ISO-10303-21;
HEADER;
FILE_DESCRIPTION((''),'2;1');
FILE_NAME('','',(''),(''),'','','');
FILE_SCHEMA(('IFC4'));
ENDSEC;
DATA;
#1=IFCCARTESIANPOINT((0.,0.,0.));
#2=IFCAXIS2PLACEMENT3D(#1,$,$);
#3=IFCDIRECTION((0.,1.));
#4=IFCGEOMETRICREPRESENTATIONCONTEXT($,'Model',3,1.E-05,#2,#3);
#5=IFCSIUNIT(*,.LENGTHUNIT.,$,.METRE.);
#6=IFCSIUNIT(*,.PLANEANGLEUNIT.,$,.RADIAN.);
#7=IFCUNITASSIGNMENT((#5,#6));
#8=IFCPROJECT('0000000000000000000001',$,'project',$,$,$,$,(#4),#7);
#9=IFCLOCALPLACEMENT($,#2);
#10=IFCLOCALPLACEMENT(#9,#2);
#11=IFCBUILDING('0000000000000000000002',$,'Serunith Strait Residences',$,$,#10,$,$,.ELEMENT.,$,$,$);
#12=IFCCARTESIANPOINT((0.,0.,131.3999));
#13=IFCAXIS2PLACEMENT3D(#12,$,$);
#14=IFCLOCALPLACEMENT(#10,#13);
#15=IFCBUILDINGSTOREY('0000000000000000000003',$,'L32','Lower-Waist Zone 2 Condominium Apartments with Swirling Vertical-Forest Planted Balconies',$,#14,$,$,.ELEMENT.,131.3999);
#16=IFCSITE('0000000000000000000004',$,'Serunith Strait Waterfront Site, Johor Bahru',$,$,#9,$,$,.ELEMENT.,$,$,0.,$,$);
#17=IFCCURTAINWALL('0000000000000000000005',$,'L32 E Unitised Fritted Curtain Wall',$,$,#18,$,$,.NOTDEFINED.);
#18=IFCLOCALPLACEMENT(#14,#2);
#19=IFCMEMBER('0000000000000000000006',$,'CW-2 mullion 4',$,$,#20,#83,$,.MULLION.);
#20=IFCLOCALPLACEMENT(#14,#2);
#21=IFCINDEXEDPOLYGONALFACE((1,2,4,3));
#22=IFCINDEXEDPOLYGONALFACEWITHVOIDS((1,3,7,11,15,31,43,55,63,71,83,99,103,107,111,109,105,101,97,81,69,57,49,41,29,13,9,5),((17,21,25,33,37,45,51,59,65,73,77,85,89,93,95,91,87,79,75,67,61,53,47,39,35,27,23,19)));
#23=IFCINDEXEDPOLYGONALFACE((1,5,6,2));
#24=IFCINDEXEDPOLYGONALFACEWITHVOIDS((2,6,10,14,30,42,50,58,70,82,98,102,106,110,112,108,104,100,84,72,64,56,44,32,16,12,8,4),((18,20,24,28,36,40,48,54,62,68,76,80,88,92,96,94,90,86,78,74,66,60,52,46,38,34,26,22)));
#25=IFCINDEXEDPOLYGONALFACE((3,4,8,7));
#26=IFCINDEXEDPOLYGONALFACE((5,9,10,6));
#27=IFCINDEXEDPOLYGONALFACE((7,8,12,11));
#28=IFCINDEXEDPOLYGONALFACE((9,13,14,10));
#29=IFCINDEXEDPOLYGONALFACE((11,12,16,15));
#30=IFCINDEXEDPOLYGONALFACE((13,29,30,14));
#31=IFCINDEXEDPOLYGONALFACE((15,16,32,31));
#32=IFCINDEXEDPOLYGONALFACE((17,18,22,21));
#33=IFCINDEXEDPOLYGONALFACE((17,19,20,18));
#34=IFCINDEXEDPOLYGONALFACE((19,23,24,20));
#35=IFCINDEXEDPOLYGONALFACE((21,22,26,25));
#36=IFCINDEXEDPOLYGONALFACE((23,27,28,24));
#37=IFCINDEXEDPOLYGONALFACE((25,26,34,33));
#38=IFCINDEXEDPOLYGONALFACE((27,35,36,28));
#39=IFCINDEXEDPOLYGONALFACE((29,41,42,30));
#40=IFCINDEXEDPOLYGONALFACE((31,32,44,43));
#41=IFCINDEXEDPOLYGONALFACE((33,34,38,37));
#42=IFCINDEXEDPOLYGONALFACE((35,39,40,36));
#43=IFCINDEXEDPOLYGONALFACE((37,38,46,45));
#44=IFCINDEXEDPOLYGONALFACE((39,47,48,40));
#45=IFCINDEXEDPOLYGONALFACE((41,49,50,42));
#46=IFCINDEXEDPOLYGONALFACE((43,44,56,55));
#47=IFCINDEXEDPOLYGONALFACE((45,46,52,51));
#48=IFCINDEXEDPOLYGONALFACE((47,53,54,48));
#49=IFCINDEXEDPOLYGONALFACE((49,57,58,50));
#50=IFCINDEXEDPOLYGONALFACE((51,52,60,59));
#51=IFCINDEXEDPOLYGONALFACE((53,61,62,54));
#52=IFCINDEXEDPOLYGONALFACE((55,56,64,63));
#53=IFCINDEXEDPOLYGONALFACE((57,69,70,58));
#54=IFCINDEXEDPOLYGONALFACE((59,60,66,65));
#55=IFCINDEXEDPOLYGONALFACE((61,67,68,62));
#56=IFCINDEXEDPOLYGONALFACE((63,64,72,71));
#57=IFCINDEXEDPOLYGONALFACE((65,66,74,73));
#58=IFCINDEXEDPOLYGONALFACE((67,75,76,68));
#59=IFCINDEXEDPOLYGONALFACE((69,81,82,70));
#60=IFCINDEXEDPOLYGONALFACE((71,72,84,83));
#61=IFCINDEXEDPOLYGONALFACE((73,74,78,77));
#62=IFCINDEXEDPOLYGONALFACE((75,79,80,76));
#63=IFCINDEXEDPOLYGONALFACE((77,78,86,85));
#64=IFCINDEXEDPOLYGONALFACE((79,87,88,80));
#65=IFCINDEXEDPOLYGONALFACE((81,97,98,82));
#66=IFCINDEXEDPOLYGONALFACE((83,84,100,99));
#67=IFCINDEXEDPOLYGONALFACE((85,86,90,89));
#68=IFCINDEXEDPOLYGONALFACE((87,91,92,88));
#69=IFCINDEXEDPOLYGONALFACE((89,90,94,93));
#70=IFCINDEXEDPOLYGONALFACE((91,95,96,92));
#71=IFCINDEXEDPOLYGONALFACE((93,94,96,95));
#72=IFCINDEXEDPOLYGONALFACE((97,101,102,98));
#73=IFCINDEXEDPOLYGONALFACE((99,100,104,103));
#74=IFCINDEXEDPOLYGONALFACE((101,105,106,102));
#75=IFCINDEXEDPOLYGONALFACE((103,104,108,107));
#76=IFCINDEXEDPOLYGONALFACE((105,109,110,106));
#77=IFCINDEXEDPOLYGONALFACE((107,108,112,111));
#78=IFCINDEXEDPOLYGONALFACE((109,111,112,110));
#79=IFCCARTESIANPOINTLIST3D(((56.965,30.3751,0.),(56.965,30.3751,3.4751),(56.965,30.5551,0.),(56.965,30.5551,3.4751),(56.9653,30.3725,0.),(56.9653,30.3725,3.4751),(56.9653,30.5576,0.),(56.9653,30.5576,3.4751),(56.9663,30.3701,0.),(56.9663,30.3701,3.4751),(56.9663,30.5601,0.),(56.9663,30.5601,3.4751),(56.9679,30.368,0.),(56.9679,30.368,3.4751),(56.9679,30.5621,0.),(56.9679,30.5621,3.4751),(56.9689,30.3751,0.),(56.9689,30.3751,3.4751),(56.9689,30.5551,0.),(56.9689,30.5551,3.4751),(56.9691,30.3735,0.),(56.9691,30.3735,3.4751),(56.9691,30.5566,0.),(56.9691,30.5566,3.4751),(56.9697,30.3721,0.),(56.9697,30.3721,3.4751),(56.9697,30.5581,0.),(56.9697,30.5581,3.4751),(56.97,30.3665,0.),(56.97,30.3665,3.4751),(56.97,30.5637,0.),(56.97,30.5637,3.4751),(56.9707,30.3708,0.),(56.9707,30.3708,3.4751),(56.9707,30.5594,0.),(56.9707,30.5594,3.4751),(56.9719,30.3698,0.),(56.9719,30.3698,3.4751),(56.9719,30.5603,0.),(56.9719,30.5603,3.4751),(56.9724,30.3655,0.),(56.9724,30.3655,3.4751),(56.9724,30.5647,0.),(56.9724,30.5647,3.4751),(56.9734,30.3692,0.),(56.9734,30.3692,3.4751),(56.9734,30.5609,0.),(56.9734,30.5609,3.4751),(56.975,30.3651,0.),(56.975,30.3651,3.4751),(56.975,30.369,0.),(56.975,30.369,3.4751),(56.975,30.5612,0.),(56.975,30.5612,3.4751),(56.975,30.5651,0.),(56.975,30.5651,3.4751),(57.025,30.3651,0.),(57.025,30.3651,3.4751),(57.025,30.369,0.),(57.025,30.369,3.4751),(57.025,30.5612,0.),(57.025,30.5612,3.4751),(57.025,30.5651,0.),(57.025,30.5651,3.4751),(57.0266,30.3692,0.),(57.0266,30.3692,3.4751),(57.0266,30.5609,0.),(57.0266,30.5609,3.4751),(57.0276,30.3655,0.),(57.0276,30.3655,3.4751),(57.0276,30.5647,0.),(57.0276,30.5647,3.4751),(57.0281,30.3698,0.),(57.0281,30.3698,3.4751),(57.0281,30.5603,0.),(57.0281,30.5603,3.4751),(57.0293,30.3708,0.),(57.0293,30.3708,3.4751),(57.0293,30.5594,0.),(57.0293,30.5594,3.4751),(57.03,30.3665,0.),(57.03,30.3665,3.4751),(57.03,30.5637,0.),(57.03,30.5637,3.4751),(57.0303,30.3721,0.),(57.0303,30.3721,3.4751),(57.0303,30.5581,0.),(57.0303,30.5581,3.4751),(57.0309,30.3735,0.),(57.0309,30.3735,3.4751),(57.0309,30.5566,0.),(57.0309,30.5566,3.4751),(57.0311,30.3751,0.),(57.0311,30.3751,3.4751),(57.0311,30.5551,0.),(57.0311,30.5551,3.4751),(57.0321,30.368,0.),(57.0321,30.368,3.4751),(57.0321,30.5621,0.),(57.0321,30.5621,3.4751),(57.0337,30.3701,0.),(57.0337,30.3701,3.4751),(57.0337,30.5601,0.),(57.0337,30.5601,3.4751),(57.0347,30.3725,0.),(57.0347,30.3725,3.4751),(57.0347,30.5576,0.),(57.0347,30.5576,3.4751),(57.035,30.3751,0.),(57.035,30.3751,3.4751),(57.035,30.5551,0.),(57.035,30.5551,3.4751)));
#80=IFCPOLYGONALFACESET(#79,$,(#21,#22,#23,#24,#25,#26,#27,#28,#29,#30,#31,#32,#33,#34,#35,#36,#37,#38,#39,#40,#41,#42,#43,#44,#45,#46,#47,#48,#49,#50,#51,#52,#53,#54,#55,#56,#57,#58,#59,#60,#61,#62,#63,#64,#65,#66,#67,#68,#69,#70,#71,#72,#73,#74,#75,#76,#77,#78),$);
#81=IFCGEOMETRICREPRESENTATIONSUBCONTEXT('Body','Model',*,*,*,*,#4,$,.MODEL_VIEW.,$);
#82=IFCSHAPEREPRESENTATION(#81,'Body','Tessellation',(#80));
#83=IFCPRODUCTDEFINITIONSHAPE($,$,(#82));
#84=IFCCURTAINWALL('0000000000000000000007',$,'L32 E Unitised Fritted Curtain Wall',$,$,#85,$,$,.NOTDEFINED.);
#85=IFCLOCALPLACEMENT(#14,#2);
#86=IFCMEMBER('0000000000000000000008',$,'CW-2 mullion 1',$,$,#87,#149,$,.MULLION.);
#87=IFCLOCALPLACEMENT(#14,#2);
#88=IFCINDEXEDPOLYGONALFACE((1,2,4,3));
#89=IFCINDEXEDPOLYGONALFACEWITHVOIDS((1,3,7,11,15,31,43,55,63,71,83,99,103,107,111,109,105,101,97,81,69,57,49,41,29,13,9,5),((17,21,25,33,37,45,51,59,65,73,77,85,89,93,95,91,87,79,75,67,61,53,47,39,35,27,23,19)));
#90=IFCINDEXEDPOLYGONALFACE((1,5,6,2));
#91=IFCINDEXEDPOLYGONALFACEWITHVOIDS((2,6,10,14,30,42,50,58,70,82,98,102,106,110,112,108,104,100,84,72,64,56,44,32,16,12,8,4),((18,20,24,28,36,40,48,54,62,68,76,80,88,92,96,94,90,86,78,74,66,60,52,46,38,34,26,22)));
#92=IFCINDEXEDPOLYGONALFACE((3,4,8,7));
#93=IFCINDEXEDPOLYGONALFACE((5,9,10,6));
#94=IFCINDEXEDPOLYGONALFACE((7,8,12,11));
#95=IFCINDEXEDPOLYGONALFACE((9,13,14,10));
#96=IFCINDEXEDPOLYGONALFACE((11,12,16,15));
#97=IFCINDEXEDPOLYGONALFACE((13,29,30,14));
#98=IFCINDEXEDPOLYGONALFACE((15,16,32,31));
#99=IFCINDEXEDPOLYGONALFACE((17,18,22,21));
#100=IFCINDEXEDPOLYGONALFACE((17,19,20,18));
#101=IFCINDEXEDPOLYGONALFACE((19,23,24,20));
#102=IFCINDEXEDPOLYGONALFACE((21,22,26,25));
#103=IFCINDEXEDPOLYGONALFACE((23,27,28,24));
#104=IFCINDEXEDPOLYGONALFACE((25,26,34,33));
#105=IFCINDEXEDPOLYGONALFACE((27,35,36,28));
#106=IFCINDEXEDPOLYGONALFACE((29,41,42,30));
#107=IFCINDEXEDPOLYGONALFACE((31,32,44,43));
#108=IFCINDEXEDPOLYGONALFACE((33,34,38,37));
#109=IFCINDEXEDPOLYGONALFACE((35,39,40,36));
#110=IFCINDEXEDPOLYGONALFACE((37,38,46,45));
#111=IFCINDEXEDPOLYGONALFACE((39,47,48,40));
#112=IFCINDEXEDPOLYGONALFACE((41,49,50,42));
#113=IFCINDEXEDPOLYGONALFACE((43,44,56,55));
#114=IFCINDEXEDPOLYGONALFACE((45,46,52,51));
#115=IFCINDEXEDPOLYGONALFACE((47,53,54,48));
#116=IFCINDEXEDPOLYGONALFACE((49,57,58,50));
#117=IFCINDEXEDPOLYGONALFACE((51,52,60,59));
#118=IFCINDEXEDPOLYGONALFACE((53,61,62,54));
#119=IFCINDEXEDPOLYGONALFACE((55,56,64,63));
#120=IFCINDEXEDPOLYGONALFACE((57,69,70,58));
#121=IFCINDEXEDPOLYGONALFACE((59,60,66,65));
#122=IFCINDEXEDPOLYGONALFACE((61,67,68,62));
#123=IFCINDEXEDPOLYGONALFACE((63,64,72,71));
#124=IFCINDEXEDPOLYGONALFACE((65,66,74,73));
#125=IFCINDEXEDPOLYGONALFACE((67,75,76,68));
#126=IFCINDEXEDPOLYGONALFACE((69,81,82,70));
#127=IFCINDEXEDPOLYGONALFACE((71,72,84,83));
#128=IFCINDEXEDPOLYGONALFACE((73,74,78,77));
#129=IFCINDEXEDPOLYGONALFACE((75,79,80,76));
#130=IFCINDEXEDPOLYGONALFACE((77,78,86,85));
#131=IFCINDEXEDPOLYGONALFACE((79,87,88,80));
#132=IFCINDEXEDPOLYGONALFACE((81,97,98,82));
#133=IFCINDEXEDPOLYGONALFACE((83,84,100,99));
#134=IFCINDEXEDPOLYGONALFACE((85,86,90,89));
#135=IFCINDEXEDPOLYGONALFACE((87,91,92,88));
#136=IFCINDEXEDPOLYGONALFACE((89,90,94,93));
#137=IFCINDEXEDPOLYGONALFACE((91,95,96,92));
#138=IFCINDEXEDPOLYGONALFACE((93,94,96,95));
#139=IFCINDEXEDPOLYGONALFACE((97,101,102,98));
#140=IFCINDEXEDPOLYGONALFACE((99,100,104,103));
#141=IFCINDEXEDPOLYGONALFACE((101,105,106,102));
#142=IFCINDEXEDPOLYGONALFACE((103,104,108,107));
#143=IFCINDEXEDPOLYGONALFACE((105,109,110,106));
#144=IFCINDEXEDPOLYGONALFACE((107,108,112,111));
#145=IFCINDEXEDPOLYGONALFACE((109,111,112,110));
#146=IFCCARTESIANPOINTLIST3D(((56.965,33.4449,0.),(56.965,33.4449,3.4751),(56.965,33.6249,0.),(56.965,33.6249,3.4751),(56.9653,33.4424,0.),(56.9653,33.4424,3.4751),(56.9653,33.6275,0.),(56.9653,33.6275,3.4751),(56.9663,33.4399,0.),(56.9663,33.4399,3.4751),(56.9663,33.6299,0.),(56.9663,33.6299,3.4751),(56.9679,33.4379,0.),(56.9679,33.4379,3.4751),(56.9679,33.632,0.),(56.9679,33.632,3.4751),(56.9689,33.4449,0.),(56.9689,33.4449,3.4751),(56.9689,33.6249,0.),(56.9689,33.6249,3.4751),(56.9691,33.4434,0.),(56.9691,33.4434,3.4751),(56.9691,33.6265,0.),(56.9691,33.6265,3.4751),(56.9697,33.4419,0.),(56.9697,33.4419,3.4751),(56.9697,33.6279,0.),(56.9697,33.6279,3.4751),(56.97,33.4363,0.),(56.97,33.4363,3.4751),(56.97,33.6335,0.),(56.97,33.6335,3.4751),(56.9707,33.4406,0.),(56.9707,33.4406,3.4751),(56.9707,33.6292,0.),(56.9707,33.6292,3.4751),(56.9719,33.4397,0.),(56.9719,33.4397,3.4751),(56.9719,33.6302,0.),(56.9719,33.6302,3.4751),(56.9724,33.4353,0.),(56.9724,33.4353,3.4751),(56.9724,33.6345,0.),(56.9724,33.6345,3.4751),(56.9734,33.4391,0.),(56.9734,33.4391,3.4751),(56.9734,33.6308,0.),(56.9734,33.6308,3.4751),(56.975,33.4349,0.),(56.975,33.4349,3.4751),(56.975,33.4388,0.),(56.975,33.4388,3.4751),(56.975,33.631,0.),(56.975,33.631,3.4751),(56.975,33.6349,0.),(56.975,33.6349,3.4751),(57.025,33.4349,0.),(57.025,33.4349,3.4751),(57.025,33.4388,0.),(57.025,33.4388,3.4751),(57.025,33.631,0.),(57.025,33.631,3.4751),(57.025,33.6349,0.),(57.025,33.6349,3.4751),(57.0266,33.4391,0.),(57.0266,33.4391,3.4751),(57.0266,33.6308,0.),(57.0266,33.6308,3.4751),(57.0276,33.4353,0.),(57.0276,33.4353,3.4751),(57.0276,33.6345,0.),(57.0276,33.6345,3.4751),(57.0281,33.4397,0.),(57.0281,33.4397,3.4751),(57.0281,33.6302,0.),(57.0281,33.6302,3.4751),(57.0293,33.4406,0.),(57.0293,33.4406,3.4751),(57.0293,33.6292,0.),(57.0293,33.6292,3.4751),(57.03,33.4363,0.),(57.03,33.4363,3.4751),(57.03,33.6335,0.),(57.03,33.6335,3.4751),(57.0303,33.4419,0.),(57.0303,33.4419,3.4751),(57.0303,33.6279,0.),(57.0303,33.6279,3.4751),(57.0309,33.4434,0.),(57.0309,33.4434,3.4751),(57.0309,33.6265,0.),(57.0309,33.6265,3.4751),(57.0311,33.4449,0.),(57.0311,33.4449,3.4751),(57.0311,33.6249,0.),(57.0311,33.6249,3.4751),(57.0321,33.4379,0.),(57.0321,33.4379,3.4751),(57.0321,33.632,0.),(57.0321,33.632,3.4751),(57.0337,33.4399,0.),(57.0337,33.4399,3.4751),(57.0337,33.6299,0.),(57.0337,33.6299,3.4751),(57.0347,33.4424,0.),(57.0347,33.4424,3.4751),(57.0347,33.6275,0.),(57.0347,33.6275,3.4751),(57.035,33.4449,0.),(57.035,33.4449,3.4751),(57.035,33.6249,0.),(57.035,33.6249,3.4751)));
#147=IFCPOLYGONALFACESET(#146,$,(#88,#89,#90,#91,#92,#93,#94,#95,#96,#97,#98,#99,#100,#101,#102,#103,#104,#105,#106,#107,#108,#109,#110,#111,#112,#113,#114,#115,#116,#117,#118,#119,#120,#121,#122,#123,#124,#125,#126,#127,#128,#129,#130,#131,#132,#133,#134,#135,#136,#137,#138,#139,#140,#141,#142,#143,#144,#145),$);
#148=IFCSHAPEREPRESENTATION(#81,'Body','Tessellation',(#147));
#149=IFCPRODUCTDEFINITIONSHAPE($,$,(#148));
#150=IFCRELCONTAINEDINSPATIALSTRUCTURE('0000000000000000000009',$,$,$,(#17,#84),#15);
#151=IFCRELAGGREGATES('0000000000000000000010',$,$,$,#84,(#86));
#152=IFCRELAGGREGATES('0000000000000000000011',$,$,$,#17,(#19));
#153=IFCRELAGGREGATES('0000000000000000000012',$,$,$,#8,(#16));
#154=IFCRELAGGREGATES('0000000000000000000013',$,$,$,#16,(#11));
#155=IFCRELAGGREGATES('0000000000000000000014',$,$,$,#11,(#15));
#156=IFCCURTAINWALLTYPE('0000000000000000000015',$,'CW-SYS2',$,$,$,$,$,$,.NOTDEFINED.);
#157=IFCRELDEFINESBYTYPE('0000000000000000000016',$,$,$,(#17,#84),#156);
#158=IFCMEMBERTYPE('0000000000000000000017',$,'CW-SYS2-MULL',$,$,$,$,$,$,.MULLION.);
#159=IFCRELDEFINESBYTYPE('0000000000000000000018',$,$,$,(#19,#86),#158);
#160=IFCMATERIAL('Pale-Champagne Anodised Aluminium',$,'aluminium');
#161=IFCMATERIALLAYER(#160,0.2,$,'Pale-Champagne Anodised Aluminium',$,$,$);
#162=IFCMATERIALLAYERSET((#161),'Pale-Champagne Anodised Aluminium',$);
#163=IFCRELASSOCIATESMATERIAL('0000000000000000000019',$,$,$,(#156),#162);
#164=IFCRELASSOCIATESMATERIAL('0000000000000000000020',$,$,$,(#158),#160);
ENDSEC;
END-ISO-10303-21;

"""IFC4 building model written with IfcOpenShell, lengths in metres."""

from ifc_helpers import new_model, si_unit, direction, frame, origin, origin_2d, place, context, subcontext, project, spatial, hollow_rectangle, extrude, source, transform, mapped, material, layer, layer_set, material_profile, profile_set, type_object, element, aggregate, save


model = new_model("IFC4")

# Units and contexts
model_context = context("Model", 3, precision=1e-05, world=origin(), true_north=direction((0.0, 1.0)))
body_context = subcontext(model_context, "Body", "Model", "MODEL_VIEW")
ifc_project = project(units=[si_unit("LENGTHUNIT", "METRE"), si_unit("PLANEANGLEUNIT", "RADIAN")], contexts=[model_context])

# Site, building, storey
site_placement = place(None, origin())
site = spatial("IfcSite", under=ifc_project, at=site_placement, Name="Serunith Strait Waterfront Site, Johor Bahru", CompositionType="ELEMENT", RefElevation=0.0)
building_placement = place(site_placement, origin())
building = spatial("IfcBuilding", under=site, at=building_placement, Name="Serunith Strait Residences", CompositionType="ELEMENT")
storey_placement = place(building_placement, frame((0.0, 0.0, 131.3999)))
storey = spatial("IfcBuildingStorey", under=building, at=storey_placement, Name="L32", Description="Lower-Waist Zone 2 Condominium Apartments with Swirling Vertical-Forest Planted Balconies", CompositionType="ELEMENT", Elevation=131.3999)

# Curtain wall, member
ifc_material_1 = material(Name="Pale-Champagne Anodised Aluminium", Category="aluminium")
ifc_layer_1 = layer(ifc_material_1, 0.2, Name="Pale-Champagne Anodised Aluminium")
ifc_layer_set_1 = layer_set([ifc_layer_1], Name="Pale-Champagne Anodised Aluminium")
curtain_wall_type = type_object("IfcCurtainWallType", Name="CW-SYS2", PredefinedType="NOTDEFINED", material=ifc_layer_set_1)
curtain_wall_1_placement = place(storey_placement, origin())
curtain_wall_1 = element("IfcCurtainWall", 1, at=curtain_wall_1_placement, inside=storey, type_object=curtain_wall_type, Name="L32 E Unitised Fritted Curtain Wall", PredefinedType="NOTDEFINED")
ifc_material_profile_1 = material_profile(ifc_material_1, hollow_rectangle(XDim=0.0701, YDim=0.2, WallThickness=0.0039, InnerFilletRadius=0.0061, OuterFilletRadius=0.01, at=origin_2d()), Name="ALU 200x70x4")
ifc_profile_set_1 = profile_set([ifc_material_profile_1], Name="Pale-Champagne Anodised Aluminium")
member_type_1 = type_object("IfcMemberType", Name="CW-SYS2-MULL", PredefinedType="MULLION", material=ifc_profile_set_1)
shared_shape_1 = source(origin(), body_context, "Body", "SweptSolid", [
    extrude(hollow_rectangle(XDim=0.0701, YDim=0.2, WallThickness=0.0039, InnerFilletRadius=0.0061, OuterFilletRadius=0.01, at=origin_2d()), origin(), (0.0, 0.0, 1.0), 3.4751),
])
member_1_placement = place(storey_placement, frame((57.0, 30.4651, 0.0), z_axis=(0.0, 0.0, 1.0), x_axis=(-1.0, 0.0, 0.0)))
member_1 = element("IfcMember", 2, at=member_1_placement, type_object=member_type_1, Name="CW-2 mullion 4", PredefinedType="MULLION", context=body_context, shape_type="MappedRepresentation", body=[
    mapped(shared_shape_1, transform((0.0, 0.0, 0.0), scale=1.0)),
])

# Curtain wall, member
curtain_wall_2_placement = place(storey_placement, origin())
curtain_wall_2 = element("IfcCurtainWall", 3, at=curtain_wall_2_placement, inside=storey, type_object=curtain_wall_type, Name="L32 E Unitised Fritted Curtain Wall", PredefinedType="NOTDEFINED")
member_2_placement = place(storey_placement, frame((57.0, 33.5349, 0.0), z_axis=(0.0, 0.0, 1.0), x_axis=(-1.0, 0.0, 0.0)))
member_2 = element("IfcMember", 4, at=member_2_placement, type_object=member_type_1, Name="CW-2 mullion 1", PredefinedType="MULLION", context=body_context, shape_type="MappedRepresentation", body=[
    mapped(shared_shape_1, transform((0.0, 0.0, 0.0), scale=1.0)),
])
aggregate(curtain_wall_2, [member_2])

aggregate(curtain_wall_1, [member_1])

save(model, "model.ifc")
